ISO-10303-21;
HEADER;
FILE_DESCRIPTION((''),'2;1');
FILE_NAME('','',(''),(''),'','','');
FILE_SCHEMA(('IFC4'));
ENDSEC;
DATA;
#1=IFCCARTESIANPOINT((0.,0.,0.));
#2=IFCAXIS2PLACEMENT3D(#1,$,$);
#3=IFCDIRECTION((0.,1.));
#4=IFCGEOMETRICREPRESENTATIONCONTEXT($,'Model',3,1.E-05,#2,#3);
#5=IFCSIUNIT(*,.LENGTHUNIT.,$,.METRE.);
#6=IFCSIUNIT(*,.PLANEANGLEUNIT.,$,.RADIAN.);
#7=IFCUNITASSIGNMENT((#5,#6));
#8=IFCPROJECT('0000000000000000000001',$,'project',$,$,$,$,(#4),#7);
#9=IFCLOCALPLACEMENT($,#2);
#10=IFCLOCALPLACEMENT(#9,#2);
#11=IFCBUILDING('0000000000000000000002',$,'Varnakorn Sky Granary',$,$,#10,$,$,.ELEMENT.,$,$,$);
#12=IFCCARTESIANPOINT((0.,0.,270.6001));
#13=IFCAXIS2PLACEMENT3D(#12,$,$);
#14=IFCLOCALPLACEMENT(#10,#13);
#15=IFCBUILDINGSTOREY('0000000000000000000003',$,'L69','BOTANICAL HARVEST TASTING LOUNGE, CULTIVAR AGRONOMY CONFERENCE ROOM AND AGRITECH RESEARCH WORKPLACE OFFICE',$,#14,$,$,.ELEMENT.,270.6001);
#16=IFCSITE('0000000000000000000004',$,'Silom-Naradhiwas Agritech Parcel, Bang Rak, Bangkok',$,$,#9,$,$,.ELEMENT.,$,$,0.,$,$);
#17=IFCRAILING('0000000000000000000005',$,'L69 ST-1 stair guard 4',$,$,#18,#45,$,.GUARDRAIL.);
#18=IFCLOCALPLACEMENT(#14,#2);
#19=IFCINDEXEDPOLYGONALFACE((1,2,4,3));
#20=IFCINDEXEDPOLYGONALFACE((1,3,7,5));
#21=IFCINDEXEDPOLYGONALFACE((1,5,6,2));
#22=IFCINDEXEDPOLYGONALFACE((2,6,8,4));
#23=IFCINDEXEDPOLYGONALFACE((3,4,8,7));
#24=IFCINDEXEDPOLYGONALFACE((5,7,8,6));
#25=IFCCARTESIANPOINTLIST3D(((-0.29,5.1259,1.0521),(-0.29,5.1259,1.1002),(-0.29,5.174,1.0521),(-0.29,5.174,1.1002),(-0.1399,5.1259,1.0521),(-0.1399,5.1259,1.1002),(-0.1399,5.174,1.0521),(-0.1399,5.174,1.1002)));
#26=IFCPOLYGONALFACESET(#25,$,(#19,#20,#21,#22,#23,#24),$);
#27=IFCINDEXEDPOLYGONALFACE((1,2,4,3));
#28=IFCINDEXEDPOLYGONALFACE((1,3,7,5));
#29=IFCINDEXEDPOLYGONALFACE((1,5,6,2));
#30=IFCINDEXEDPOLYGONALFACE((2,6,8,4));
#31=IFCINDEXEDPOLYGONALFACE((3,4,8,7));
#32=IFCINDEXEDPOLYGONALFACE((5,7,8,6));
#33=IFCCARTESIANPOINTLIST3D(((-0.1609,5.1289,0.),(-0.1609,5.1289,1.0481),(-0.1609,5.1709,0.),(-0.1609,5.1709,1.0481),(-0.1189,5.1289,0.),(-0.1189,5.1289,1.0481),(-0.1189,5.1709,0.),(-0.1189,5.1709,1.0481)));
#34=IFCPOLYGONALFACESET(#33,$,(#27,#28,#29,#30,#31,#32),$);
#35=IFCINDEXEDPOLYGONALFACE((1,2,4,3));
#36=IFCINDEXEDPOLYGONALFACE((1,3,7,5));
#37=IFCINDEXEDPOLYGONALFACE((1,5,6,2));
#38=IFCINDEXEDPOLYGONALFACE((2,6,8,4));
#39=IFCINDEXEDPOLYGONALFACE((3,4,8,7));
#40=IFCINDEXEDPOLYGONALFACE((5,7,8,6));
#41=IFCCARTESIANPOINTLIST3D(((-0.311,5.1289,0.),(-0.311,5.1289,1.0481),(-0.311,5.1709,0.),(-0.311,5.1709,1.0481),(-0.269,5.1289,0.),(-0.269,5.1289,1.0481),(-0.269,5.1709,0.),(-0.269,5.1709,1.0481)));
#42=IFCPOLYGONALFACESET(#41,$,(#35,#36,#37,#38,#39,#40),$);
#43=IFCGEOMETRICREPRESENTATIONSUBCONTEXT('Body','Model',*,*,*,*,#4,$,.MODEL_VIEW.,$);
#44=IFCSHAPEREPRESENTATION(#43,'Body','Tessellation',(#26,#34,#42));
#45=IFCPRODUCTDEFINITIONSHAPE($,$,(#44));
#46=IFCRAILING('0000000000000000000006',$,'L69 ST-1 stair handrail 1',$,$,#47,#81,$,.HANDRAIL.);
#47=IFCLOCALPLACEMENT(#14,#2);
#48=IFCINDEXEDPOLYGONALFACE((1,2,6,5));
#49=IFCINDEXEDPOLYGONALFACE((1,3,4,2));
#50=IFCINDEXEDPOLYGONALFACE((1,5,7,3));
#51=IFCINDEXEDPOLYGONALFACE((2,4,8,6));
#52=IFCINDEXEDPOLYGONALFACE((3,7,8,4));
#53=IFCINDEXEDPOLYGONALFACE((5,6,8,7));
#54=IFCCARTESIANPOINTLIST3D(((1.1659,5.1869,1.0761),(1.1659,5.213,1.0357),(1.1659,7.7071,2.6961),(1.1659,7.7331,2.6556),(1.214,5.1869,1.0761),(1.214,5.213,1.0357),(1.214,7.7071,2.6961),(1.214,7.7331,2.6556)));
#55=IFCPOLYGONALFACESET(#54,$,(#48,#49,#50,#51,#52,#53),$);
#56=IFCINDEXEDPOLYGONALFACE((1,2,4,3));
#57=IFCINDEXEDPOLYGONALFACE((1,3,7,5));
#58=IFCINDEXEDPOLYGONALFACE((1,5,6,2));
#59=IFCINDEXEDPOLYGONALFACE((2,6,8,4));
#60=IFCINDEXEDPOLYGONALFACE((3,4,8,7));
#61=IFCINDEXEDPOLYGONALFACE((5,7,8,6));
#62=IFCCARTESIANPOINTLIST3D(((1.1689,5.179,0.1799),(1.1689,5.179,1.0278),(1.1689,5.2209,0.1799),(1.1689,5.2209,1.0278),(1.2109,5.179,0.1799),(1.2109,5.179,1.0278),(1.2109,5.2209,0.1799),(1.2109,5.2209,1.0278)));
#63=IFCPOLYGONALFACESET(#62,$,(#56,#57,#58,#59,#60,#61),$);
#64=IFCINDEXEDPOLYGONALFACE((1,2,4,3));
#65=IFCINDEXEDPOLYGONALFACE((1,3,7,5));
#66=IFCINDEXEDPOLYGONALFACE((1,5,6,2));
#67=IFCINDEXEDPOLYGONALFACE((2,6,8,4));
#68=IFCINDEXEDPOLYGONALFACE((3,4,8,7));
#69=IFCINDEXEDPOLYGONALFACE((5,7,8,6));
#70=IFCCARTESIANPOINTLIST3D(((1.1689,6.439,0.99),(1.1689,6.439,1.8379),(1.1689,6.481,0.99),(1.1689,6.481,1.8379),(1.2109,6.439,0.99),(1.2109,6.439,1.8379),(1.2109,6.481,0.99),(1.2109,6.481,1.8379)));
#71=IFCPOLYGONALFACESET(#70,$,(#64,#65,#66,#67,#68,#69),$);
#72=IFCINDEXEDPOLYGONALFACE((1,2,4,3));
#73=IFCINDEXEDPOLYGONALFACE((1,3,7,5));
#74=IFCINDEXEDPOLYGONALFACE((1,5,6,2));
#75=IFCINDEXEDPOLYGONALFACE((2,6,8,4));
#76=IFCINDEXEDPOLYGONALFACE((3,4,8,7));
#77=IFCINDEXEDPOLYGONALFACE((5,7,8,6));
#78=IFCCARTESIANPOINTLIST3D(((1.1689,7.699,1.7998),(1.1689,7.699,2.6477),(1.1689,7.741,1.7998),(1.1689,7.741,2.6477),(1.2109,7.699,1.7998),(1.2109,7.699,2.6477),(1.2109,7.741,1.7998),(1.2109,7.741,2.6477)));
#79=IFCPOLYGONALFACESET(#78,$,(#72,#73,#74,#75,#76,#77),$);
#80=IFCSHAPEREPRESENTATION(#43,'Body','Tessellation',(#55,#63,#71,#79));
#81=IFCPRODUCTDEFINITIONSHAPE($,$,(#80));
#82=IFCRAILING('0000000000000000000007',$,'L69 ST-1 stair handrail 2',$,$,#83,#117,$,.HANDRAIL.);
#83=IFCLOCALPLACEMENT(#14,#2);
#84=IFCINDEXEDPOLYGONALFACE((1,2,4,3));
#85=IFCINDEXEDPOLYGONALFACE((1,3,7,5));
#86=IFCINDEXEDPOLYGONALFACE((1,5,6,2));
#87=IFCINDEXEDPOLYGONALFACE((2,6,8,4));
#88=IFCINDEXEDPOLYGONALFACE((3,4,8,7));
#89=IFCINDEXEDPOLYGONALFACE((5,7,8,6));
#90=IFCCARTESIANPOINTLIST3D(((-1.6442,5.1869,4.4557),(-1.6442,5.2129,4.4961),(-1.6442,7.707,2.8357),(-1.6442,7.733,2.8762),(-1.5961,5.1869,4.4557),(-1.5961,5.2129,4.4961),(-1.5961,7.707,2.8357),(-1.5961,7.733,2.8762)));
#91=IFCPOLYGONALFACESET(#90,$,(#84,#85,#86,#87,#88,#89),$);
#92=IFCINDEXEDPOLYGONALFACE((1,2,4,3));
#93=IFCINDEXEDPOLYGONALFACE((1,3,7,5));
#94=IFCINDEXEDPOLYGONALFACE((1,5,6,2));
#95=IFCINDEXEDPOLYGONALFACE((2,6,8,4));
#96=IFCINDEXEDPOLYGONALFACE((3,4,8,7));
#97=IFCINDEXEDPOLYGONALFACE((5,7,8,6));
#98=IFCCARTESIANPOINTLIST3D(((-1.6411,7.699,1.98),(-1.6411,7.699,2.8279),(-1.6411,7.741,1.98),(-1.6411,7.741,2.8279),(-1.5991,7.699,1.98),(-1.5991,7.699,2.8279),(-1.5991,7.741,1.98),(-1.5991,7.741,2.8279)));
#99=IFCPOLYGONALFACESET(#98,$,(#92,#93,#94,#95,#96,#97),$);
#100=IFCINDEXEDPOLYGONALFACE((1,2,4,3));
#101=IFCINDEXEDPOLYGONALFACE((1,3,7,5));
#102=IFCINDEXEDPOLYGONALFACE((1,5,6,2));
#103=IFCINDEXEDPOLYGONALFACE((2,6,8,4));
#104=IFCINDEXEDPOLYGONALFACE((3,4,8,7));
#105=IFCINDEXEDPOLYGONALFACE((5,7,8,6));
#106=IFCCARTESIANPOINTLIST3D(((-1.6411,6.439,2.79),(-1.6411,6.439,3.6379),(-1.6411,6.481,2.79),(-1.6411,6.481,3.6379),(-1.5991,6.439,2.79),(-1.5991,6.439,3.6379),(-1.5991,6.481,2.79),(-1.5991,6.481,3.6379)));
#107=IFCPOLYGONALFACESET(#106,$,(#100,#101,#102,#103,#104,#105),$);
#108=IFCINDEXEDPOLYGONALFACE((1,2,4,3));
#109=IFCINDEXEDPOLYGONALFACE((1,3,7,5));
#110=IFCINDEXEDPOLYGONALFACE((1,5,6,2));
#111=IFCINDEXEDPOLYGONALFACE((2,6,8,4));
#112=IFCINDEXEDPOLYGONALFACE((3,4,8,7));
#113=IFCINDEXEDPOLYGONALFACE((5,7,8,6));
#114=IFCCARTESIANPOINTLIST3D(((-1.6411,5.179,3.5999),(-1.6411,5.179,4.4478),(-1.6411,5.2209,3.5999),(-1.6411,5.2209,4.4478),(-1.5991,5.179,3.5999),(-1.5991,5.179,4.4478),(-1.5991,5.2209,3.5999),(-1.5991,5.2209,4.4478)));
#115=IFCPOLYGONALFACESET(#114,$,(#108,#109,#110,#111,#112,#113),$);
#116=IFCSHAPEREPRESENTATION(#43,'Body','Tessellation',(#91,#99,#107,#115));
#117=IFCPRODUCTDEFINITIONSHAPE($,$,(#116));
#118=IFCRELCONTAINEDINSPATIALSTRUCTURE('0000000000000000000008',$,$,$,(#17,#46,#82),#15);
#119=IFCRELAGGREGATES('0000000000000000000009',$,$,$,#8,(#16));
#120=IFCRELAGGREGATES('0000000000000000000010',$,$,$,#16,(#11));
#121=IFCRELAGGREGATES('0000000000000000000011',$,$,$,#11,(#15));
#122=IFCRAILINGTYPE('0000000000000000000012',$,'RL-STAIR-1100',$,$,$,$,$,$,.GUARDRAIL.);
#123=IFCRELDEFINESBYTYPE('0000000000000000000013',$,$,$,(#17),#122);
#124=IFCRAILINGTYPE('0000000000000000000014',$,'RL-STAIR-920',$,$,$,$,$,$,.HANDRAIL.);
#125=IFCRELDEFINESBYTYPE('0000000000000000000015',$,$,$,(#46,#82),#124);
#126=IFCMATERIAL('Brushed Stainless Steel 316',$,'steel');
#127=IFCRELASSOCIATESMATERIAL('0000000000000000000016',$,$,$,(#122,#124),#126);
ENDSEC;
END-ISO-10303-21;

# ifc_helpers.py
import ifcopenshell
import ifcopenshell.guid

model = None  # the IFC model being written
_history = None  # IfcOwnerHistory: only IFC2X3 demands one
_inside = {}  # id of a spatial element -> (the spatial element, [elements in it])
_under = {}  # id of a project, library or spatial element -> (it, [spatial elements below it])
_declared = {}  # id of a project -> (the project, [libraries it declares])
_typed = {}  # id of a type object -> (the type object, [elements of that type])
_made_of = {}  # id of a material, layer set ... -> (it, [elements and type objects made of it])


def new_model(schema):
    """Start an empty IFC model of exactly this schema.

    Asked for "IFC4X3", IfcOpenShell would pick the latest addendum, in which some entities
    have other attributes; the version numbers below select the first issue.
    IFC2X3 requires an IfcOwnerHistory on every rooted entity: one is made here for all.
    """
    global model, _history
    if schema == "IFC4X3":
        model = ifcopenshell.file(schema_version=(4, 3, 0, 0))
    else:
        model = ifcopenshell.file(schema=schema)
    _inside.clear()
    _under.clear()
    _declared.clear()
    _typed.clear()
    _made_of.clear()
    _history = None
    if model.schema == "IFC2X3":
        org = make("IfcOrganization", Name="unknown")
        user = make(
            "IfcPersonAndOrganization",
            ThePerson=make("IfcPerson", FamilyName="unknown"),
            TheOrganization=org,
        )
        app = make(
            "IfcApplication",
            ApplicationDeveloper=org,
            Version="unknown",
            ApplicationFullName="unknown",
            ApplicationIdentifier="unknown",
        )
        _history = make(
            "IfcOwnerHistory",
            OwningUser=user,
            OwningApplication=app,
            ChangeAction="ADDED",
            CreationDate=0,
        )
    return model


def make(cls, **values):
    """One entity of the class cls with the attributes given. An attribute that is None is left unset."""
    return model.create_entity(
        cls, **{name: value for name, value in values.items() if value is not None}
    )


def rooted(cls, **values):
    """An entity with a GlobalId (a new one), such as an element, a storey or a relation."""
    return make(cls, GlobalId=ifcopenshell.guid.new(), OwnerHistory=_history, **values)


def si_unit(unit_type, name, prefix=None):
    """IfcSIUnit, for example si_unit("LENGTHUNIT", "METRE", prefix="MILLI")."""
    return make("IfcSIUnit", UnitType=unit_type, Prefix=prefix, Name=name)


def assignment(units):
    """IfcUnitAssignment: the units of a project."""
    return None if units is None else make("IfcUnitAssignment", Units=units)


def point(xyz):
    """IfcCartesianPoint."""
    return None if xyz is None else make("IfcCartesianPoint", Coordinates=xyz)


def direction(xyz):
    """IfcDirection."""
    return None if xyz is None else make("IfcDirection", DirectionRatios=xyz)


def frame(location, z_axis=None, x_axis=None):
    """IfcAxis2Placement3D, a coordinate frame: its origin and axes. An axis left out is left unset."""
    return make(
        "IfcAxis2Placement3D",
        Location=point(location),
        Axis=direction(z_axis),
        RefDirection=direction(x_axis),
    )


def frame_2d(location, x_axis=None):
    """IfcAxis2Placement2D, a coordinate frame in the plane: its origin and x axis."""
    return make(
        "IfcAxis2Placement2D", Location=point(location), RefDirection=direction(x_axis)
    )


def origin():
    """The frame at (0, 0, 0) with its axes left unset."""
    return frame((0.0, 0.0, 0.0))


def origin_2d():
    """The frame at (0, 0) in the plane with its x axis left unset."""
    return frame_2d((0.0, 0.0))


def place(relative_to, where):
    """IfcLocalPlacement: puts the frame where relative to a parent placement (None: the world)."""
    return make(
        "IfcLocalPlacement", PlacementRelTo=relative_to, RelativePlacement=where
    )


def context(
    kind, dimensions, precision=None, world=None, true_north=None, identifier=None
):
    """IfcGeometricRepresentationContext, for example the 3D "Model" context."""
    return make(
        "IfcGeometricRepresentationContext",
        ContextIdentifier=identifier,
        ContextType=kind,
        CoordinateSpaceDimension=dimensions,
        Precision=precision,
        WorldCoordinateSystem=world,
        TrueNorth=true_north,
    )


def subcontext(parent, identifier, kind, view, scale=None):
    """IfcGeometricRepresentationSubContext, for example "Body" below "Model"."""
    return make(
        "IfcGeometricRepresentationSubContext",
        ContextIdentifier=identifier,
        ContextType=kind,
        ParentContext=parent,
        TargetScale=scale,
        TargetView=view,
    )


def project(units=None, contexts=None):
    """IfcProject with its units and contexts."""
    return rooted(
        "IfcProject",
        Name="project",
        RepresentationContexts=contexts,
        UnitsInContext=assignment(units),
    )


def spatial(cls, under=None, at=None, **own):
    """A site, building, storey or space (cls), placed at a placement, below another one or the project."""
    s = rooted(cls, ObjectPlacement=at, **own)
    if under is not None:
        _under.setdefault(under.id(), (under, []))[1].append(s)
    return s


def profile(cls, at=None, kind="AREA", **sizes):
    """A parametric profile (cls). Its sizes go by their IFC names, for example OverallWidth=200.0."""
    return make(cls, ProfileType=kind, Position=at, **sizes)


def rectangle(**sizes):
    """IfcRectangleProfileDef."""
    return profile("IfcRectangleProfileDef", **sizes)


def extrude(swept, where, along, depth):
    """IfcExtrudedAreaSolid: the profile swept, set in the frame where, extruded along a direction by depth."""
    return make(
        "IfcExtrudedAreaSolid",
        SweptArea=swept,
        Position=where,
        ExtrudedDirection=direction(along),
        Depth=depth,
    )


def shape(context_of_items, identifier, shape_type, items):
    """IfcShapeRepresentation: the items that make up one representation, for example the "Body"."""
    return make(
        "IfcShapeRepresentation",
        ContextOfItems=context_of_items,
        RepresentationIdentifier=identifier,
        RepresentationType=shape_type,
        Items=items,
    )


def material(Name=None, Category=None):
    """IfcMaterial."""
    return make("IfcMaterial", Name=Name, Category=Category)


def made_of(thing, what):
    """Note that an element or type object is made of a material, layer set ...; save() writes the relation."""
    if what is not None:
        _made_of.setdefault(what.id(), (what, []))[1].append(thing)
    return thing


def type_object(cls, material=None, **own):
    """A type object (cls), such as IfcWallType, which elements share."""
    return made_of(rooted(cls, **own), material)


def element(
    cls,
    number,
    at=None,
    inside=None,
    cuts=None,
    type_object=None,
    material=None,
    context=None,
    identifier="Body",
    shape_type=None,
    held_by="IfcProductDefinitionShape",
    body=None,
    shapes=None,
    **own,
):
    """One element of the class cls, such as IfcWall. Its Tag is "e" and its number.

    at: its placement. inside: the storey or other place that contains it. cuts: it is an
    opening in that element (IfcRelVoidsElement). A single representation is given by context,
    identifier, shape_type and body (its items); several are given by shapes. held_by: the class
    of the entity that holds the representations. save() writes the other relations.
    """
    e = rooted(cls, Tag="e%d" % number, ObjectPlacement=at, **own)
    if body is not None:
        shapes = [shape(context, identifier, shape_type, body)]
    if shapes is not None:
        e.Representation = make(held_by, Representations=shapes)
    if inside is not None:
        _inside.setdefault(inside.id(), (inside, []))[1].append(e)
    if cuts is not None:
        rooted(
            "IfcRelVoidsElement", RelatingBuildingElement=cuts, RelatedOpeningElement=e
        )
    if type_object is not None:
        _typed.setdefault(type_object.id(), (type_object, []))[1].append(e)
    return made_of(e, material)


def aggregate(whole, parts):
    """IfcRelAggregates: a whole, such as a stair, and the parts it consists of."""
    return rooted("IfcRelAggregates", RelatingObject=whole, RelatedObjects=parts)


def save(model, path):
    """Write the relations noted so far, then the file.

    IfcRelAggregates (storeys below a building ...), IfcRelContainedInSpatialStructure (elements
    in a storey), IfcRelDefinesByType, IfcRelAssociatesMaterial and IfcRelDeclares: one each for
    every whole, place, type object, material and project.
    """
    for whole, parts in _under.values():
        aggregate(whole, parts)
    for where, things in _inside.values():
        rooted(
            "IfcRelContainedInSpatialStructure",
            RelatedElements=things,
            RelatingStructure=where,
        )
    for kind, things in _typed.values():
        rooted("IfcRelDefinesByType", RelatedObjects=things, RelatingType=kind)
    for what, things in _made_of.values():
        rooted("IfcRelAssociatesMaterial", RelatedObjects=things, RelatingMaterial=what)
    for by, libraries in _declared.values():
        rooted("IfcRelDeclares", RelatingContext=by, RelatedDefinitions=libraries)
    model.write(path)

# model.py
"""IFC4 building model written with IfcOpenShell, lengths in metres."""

from ifc_helpers import new_model, si_unit, direction, frame, origin, origin_2d, place, context, subcontext, project, spatial, rectangle, extrude, material, type_object, element, save


model = new_model("IFC4")

# Units and contexts
model_context = context("Model", 3, precision=1e-05, world=origin(), true_north=direction((0.0, 1.0)))
body_context = subcontext(model_context, "Body", "Model", "MODEL_VIEW")
ifc_project = project(units=[si_unit("LENGTHUNIT", "METRE"), si_unit("PLANEANGLEUNIT", "RADIAN")], contexts=[model_context])

# Site, building, storey
site_placement = place(None, origin())
site = spatial("IfcSite", under=ifc_project, at=site_placement, Name="Silom-Naradhiwas Agritech Parcel, Bang Rak, Bangkok", CompositionType="ELEMENT", RefElevation=0.0)
building_placement = place(site_placement, origin())
building = spatial("IfcBuilding", under=site, at=building_placement, Name="Varnakorn Sky Granary", CompositionType="ELEMENT")
storey_placement = place(building_placement, frame((0.0, 0.0, 270.6001)))
storey = spatial("IfcBuildingStorey", under=building, at=storey_placement, Name="L69", Description="BOTANICAL HARVEST TASTING LOUNGE, CULTIVAR AGRONOMY CONFERENCE ROOM AND AGRITECH RESEARCH WORKPLACE OFFICE", CompositionType="ELEMENT", Elevation=270.6001)

# Railings
ifc_material_1 = material(Name="Brushed Stainless Steel 316", Category="steel")
railing_type_1 = type_object("IfcRailingType", Name="RL-STAIR-1100", PredefinedType="GUARDRAIL", material=ifc_material_1)
railing_1_placement = place(storey_placement, frame((-0.1399, 5.1499, 0.0)))
element("IfcRailing", 1, at=railing_1_placement, inside=storey, type_object=railing_type_1, Name="L69 ST-1 stair guard 4", PredefinedType="GUARDRAIL", context=body_context, shape_type="SweptSolid", body=[
    extrude(rectangle(XDim=0.0481, YDim=0.0481, at=origin_2d()), frame((0.0, 0.0, 1.0762), z_axis=(-1.0, 0.0, 0.0), x_axis=(0.0, -1.0, 0.0)), (0.0, 0.0, 1.0), 0.1501),
    extrude(rectangle(XDim=0.042, YDim=0.042, at=origin_2d()), origin(), (0.0, 0.0, 1.0), 1.0481),
    extrude(rectangle(XDim=0.042, YDim=0.042, at=origin_2d()), frame((-0.1501, 0.0, 0.0)), (0.0, 0.0, 1.0), 1.0481),
])
railing_type_2 = type_object("IfcRailingType", Name="RL-STAIR-920", PredefinedType="HANDRAIL", material=ifc_material_1)
railing_2_placement = place(storey_placement, frame((1.1899, 5.2, 0.1799)))
element("IfcRailing", 2, at=railing_2_placement, inside=storey, type_object=railing_type_2, Name="L69 ST-1 stair handrail 1", PredefinedType="HANDRAIL", context=body_context, shape_type="SweptSolid", body=[
    extrude(rectangle(XDim=0.0481, YDim=0.0481, at=origin_2d()), frame((0.0, 0.0, 0.876), z_axis=(0.0, 0.8412, 0.540725), x_axis=(-1.0, 0.0, 0.0)), (0.0, 0.0, 1.0), 2.9958),
    extrude(rectangle(XDim=0.042, YDim=0.042, at=origin_2d()), origin(), (0.0, 0.0, 1.0), 0.8479),
    extrude(rectangle(XDim=0.042, YDim=0.042, at=origin_2d()), frame((0.0, 1.26, 0.8101)), (0.0, 0.0, 1.0), 0.8479),
    extrude(rectangle(XDim=0.042, YDim=0.042, at=origin_2d()), frame((0.0, 2.52, 1.6199)), (0.0, 0.0, 1.0), 0.8479),
])
railing_3_placement = place(storey_placement, frame((-1.6201, 7.72, 1.98)))
element("IfcRailing", 3, at=railing_3_placement, inside=storey, type_object=railing_type_2, Name="L69 ST-1 stair handrail 2", PredefinedType="HANDRAIL", context=body_context, shape_type="SweptSolid", body=[
    extrude(rectangle(XDim=0.0481, YDim=0.0481, at=origin_2d()), frame((0.0, 0.0, 0.876), z_axis=(0.0, -0.8412, 0.540725), x_axis=(1.0, 0.0, 0.0)), (0.0, 0.0, 1.0), 2.9958),
    extrude(rectangle(XDim=0.042, YDim=0.042, at=origin_2d()), origin(), (0.0, 0.0, 1.0), 0.8479),
    extrude(rectangle(XDim=0.042, YDim=0.042, at=origin_2d()), frame((0.0, -1.26, 0.8101)), (0.0, 0.0, 1.0), 0.8479),
    extrude(rectangle(XDim=0.042, YDim=0.042, at=origin_2d()), frame((0.0, -2.52, 1.6199)), (0.0, 0.0, 1.0), 0.8479),
])

save(model, "model.ifc")
